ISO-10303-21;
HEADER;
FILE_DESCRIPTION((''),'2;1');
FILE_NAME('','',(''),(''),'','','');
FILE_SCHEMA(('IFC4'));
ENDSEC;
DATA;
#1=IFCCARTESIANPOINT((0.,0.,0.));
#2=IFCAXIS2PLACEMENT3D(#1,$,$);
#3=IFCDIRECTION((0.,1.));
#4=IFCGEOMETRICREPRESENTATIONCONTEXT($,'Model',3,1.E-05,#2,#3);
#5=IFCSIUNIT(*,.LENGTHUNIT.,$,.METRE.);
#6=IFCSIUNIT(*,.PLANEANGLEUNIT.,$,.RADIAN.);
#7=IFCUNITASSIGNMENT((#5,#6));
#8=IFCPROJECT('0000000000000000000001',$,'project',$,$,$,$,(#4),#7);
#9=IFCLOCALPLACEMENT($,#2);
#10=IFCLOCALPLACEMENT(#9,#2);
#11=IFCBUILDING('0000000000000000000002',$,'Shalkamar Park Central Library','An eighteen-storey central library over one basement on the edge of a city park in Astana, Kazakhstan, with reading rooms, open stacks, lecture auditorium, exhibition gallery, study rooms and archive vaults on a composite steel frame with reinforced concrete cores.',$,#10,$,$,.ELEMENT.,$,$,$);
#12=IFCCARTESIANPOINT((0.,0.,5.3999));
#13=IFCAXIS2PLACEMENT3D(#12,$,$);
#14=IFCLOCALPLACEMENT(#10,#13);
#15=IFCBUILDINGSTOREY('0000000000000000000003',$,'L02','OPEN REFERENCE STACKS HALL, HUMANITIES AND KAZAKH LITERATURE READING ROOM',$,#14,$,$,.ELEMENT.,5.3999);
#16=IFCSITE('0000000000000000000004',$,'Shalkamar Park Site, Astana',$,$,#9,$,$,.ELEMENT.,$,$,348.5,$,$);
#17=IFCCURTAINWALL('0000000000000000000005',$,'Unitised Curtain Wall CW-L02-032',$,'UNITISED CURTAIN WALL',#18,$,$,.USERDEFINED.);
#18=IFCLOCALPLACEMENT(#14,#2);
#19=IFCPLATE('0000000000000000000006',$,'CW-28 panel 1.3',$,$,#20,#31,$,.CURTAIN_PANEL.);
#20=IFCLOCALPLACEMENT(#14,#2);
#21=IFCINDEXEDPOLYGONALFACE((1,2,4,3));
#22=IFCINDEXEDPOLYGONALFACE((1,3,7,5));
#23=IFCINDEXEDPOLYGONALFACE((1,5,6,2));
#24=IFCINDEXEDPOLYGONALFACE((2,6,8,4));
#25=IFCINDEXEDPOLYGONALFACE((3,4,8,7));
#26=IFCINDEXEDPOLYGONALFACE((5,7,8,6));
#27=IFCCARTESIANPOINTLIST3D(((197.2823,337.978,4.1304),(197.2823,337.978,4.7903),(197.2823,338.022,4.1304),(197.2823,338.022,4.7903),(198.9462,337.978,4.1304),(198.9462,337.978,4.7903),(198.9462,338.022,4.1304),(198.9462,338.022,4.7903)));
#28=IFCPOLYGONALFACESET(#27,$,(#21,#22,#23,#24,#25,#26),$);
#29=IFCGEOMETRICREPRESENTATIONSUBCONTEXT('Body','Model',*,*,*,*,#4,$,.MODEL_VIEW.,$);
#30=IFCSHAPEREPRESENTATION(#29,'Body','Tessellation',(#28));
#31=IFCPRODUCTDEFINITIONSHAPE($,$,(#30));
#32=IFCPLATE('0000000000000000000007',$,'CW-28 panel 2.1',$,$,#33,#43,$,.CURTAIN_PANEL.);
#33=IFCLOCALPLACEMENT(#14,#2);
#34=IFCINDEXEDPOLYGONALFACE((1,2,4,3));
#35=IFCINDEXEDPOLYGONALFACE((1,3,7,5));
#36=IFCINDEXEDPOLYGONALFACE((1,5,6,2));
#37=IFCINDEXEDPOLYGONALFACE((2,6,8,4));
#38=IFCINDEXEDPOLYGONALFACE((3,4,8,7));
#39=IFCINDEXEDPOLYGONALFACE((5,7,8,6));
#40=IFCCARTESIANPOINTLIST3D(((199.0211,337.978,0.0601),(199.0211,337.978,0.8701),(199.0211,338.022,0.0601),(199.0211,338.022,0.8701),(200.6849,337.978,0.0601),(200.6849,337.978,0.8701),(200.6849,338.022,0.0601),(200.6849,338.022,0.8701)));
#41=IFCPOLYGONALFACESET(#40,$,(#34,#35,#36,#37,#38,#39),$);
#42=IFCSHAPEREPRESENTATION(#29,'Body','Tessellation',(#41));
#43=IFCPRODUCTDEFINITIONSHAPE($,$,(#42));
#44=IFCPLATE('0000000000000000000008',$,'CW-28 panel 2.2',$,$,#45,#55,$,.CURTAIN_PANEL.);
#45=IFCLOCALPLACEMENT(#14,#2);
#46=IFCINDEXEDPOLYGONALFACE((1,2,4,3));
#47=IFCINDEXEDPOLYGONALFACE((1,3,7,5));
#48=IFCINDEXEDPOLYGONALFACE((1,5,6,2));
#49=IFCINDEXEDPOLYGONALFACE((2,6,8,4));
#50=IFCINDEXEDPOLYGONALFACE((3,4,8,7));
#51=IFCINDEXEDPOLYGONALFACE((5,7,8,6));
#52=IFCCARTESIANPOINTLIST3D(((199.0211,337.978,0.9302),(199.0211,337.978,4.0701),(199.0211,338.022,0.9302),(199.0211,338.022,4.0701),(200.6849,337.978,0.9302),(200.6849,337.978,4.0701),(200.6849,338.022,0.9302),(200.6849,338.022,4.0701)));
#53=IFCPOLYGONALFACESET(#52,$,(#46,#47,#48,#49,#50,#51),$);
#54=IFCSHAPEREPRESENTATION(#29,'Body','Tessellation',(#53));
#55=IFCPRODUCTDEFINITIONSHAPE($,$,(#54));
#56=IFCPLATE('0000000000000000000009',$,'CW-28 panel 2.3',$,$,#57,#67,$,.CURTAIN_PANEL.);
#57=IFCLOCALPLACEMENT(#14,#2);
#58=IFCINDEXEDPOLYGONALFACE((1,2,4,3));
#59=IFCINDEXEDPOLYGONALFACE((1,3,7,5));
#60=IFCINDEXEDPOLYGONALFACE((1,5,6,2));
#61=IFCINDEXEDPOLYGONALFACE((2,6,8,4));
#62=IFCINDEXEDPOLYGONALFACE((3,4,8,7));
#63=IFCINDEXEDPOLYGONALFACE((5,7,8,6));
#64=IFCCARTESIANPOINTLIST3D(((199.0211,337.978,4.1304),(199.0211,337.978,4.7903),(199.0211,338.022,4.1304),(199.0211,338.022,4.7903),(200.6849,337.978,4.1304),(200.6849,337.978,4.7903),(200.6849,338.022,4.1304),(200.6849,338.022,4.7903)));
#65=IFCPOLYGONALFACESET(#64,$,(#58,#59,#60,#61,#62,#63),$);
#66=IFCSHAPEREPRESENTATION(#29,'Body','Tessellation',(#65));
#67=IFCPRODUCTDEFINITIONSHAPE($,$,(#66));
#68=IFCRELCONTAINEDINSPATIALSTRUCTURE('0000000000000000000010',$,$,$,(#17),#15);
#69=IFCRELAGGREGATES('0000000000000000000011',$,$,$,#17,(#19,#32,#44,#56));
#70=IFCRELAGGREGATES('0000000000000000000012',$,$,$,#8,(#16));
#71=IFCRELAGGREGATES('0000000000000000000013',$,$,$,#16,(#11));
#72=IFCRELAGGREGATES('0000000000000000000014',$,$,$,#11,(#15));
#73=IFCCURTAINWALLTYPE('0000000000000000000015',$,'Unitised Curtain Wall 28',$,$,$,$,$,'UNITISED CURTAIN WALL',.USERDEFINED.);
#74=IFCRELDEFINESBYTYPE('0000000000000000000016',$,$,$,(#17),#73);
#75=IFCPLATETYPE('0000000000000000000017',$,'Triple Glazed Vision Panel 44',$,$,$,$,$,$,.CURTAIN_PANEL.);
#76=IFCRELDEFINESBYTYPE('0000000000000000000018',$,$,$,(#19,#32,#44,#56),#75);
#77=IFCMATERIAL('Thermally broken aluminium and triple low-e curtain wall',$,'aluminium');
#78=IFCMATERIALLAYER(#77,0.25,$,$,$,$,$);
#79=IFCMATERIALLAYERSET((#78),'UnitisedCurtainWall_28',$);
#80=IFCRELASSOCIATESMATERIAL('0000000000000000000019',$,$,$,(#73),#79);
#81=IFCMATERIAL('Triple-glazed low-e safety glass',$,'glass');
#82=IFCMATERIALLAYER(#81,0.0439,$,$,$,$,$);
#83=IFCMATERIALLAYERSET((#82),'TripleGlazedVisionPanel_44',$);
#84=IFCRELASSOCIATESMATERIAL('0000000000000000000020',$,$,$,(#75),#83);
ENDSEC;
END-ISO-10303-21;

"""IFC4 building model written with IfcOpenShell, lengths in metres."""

from ifc_helpers import new_model, si_unit, direction, frame, origin, origin_2d, place, context, subcontext, project, spatial, rectangle, extrude, material, layer, layer_set, type_object, element, aggregate, save


model = new_model("IFC4")

# Units and contexts
model_context = context("Model", 3, precision=1e-05, world=origin(), true_north=direction((0.0, 1.0)))
body_context = subcontext(model_context, "Body", "Model", "MODEL_VIEW")
ifc_project = project(units=[si_unit("LENGTHUNIT", "METRE"), si_unit("PLANEANGLEUNIT", "RADIAN")], contexts=[model_context])

# Site, building, storey
site_placement = place(None, origin())
site = spatial("IfcSite", under=ifc_project, at=site_placement, Name="Shalkamar Park Site, Astana", CompositionType="ELEMENT", RefElevation=348.5)
building_placement = place(site_placement, origin())
building = spatial("IfcBuilding", under=site, at=building_placement, Name="Shalkamar Park Central Library", Description="An eighteen-storey central library over one basement on the edge of a city park in Astana, Kazakhstan, with reading rooms, open stacks, lecture auditorium, exhibition gallery, study rooms and archive vaults on a composite steel frame with reinforced concrete cores.", CompositionType="ELEMENT")
storey_placement = place(building_placement, frame((0.0, 0.0, 5.3999)))
storey = spatial("IfcBuildingStorey", under=building, at=storey_placement, Name="L02", Description="OPEN REFERENCE STACKS HALL, HUMANITIES AND KAZAKH LITERATURE READING ROOM", CompositionType="ELEMENT", Elevation=5.3999)

# Curtain wall
ifc_material_1 = material(Name="Thermally broken aluminium and triple low-e curtain wall", Category="aluminium")
ifc_layer_1 = layer(ifc_material_1, 0.25)
ifc_layer_set_1 = layer_set([ifc_layer_1], Name="UnitisedCurtainWall_28")
curtain_wall_type_1 = type_object("IfcCurtainWallType", Name="Unitised Curtain Wall 28", ElementType="UNITISED CURTAIN WALL", PredefinedType="USERDEFINED", material=ifc_layer_set_1)
curtain_wall_1_placement = place(storey_placement, origin())
curtain_wall_1 = element("IfcCurtainWall", 1, at=curtain_wall_1_placement, inside=storey, type_object=curtain_wall_type_1, Name="Unitised Curtain Wall CW-L02-032", ObjectType="UNITISED CURTAIN WALL", PredefinedType="USERDEFINED")

# Plates
ifc_material_2 = material(Name="Triple-glazed low-e safety glass", Category="glass")
ifc_layer_2 = layer(ifc_material_2, 0.0439)
ifc_layer_set_2 = layer_set([ifc_layer_2], Name="TripleGlazedVisionPanel_44")
plate_type_1 = type_object("IfcPlateType", Name="Triple Glazed Vision Panel 44", PredefinedType="CURTAIN_PANEL", material=ifc_layer_set_2)
plate_1_placement = place(storey_placement, frame((198.1143, 338.0, 4.1304), z_axis=(0.0, 0.0, 1.0), x_axis=(1.0, 0.0, 0.0)))
plate_1 = element("IfcPlate", 2, at=plate_1_placement, type_object=plate_type_1, Name="CW-28 panel 1.3", PredefinedType="CURTAIN_PANEL", context=body_context, shape_type="SweptSolid", body=[
    extrude(rectangle(XDim=1.6638, YDim=0.0439, at=origin_2d()), origin(), (0.0, 0.0, 1.0), 0.6599),
])
plate_2_placement = place(storey_placement, frame((199.853, 338.0, 0.0601), z_axis=(0.0, 0.0, 1.0), x_axis=(1.0, 0.0, 0.0)))
plate_2 = element("IfcPlate", 3, at=plate_2_placement, type_object=plate_type_1, Name="CW-28 panel 2.1", PredefinedType="CURTAIN_PANEL", context=body_context, shape_type="SweptSolid", body=[
    extrude(rectangle(XDim=1.6638, YDim=0.0439, at=origin_2d()), origin(), (0.0, 0.0, 1.0), 0.8101),
])
plate_3_placement = place(storey_placement, frame((199.853, 338.0, 0.9302), z_axis=(0.0, 0.0, 1.0), x_axis=(1.0, 0.0, 0.0)))
plate_3 = element("IfcPlate", 4, at=plate_3_placement, type_object=plate_type_1, Name="CW-28 panel 2.2", PredefinedType="CURTAIN_PANEL", context=body_context, shape_type="SweptSolid", body=[
    extrude(rectangle(XDim=1.6638, YDim=0.0439, at=origin_2d()), origin(), (0.0, 0.0, 1.0), 3.1399),
])
plate_4_placement = place(storey_placement, frame((199.853, 338.0, 4.1304), z_axis=(0.0, 0.0, 1.0), x_axis=(1.0, 0.0, 0.0)))
plate_4 = element("IfcPlate", 5, at=plate_4_placement, type_object=plate_type_1, Name="CW-28 panel 2.3", PredefinedType="CURTAIN_PANEL", context=body_context, shape_type="SweptSolid", body=[
    extrude(rectangle(XDim=1.6638, YDim=0.0439, at=origin_2d()), origin(), (0.0, 0.0, 1.0), 0.6599),
])
aggregate(curtain_wall_1, [plate_1, plate_2, plate_3, plate_4])

save(model, "model.ifc")
